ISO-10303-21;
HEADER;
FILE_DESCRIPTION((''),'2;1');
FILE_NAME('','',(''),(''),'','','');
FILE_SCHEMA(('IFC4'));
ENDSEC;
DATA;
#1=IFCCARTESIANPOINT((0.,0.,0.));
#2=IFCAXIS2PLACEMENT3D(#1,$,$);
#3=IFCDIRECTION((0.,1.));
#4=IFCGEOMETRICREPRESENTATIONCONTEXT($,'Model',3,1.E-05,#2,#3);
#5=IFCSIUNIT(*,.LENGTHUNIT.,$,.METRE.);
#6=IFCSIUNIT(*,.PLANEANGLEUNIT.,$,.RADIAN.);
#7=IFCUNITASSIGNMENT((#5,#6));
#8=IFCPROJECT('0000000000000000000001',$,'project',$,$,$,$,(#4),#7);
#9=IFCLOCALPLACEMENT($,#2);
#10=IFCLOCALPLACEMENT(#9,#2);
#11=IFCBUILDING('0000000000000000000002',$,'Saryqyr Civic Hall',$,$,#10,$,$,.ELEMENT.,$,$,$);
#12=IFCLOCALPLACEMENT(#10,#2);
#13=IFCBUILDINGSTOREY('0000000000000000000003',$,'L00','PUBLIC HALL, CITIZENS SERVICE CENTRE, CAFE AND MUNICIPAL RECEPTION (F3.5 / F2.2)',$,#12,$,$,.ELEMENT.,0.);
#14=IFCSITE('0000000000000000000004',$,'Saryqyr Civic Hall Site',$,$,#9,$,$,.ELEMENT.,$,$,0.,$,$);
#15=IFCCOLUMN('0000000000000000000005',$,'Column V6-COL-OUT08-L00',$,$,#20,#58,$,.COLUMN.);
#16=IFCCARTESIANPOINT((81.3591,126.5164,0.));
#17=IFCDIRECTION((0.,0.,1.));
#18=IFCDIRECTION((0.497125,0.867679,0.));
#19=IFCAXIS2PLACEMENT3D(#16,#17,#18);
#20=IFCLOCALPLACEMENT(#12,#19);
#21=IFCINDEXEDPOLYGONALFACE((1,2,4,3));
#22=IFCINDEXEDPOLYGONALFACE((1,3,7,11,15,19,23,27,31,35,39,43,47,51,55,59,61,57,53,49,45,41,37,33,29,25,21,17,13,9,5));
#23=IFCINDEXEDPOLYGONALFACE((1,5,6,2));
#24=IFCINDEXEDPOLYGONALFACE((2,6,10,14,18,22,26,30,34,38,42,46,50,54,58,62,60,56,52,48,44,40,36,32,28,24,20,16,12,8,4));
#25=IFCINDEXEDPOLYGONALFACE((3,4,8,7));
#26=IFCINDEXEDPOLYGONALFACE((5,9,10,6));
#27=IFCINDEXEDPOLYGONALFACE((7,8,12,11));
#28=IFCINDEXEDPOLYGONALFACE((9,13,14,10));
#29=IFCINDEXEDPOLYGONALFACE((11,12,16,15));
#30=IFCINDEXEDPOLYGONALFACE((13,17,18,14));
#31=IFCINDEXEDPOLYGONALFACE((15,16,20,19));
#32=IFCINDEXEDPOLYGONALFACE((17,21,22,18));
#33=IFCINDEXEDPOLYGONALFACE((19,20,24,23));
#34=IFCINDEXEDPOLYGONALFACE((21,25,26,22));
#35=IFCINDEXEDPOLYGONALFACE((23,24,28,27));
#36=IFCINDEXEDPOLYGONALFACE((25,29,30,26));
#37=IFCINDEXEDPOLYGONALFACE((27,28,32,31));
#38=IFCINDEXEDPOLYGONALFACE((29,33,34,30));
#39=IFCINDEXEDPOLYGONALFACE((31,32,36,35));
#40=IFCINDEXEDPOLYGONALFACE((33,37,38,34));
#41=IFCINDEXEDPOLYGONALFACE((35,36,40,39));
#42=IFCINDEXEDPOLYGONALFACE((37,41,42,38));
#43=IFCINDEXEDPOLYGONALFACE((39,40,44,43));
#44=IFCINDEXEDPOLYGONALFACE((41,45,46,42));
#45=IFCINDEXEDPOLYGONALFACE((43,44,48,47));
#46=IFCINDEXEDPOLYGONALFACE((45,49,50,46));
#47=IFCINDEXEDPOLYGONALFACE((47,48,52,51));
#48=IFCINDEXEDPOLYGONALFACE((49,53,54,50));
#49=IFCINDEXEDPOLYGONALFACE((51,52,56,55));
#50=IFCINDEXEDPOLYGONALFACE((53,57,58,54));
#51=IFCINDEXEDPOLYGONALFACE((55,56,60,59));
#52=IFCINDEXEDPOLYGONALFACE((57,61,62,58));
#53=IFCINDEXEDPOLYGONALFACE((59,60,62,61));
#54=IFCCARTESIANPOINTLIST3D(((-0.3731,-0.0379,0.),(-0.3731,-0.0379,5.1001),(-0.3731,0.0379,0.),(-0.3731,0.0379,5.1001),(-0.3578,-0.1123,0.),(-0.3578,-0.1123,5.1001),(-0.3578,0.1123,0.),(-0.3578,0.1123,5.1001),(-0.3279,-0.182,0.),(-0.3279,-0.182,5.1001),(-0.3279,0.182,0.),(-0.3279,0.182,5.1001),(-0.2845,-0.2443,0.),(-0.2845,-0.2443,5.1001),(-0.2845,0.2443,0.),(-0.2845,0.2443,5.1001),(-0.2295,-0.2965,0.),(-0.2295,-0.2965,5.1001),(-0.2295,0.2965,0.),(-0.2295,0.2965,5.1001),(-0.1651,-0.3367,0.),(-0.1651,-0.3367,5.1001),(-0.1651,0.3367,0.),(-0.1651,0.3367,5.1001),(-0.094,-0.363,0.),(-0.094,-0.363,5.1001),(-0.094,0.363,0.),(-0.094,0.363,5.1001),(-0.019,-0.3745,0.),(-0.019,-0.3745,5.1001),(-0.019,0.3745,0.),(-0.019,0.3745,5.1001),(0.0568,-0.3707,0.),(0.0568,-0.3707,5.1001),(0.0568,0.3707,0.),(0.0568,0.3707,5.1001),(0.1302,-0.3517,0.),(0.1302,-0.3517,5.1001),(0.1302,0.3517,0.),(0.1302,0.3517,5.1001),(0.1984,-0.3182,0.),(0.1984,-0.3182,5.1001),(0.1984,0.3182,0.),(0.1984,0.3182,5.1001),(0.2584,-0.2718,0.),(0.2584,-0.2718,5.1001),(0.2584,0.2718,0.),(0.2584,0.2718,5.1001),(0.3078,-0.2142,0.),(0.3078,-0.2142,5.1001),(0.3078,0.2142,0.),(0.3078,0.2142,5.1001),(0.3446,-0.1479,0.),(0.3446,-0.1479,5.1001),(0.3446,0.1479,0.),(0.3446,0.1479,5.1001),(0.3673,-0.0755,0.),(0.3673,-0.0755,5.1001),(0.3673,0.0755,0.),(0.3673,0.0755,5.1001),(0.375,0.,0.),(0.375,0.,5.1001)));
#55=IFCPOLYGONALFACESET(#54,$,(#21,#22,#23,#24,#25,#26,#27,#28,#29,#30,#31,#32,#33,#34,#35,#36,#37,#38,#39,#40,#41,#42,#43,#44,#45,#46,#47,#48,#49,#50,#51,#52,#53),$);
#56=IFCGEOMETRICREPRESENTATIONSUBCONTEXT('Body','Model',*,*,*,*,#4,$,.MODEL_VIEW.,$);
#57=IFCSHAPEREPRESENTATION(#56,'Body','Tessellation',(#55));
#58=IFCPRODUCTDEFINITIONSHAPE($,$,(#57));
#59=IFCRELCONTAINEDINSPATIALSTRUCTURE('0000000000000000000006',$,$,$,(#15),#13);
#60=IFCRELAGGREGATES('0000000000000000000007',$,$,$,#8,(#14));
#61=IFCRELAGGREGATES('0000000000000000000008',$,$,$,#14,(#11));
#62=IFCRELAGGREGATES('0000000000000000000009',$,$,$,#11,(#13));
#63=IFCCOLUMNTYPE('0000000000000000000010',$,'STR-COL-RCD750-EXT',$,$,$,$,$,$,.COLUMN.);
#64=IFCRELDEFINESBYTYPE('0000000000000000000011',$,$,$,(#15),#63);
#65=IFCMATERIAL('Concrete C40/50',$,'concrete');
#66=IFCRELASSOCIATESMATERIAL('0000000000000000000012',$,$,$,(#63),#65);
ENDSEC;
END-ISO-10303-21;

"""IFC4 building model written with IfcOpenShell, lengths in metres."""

from ifc_helpers import new_model, si_unit, direction, frame, origin, origin_2d, place, context, subcontext, project, spatial, circle, extrude, material, material_profile, profile_set, type_object, element, save


model = new_model("IFC4")

# Units and contexts
model_context = context("Model", 3, precision=1e-05, world=origin(), true_north=direction((0.0, 1.0)))
body_context = subcontext(model_context, "Body", "Model", "MODEL_VIEW")
ifc_project = project(units=[si_unit("LENGTHUNIT", "METRE"), si_unit("PLANEANGLEUNIT", "RADIAN")], contexts=[model_context])

# Site, building, storey
site_placement = place(None, origin())
site = spatial("IfcSite", under=ifc_project, at=site_placement, Name="Saryqyr Civic Hall Site", CompositionType="ELEMENT", RefElevation=0.0)
building_placement = place(site_placement, origin())
building = spatial("IfcBuilding", under=site, at=building_placement, Name="Saryqyr Civic Hall", CompositionType="ELEMENT")
storey_placement = place(building_placement, origin())
storey = spatial("IfcBuildingStorey", under=building, at=storey_placement, Name="L00", Description="PUBLIC HALL, CITIZENS SERVICE CENTRE, CAFE AND MUNICIPAL RECEPTION (F3.5 / F2.2)", CompositionType="ELEMENT", Elevation=0.0)

# Column
ifc_material_1 = material(Name="Concrete C40/50", Category="concrete")
ifc_material_profile_1 = material_profile(ifc_material_1, circle(Radius=0.375, at=origin_2d()), Name="RC D750")
ifc_profile_set_1 = profile_set([ifc_material_profile_1], Name="Concrete C40/50")
column_type_1 = type_object("IfcColumnType", Name="STR-COL-RCD750-EXT", PredefinedType="COLUMN", material=ifc_profile_set_1)
for number, where, z_axis, x_axis, name in (
    (1, (81.3591, 126.5164, 0.0), (0.0, 0.0, 1.0), (0.497125, 0.867679, 0.0), "Column V6-COL-OUT08-L00"),
):
    element("IfcColumn", number, at=place(storey_placement, frame(where, z_axis=z_axis, x_axis=x_axis)), inside=storey, type_object=column_type_1, Name=name, PredefinedType="COLUMN", context=body_context, shape_type="SweptSolid", body=[
        extrude(circle(Radius=0.375, at=origin_2d()), origin(), (0.0, 0.0, 1.0), 5.1001),
    ])

save(model, "model.ifc")
